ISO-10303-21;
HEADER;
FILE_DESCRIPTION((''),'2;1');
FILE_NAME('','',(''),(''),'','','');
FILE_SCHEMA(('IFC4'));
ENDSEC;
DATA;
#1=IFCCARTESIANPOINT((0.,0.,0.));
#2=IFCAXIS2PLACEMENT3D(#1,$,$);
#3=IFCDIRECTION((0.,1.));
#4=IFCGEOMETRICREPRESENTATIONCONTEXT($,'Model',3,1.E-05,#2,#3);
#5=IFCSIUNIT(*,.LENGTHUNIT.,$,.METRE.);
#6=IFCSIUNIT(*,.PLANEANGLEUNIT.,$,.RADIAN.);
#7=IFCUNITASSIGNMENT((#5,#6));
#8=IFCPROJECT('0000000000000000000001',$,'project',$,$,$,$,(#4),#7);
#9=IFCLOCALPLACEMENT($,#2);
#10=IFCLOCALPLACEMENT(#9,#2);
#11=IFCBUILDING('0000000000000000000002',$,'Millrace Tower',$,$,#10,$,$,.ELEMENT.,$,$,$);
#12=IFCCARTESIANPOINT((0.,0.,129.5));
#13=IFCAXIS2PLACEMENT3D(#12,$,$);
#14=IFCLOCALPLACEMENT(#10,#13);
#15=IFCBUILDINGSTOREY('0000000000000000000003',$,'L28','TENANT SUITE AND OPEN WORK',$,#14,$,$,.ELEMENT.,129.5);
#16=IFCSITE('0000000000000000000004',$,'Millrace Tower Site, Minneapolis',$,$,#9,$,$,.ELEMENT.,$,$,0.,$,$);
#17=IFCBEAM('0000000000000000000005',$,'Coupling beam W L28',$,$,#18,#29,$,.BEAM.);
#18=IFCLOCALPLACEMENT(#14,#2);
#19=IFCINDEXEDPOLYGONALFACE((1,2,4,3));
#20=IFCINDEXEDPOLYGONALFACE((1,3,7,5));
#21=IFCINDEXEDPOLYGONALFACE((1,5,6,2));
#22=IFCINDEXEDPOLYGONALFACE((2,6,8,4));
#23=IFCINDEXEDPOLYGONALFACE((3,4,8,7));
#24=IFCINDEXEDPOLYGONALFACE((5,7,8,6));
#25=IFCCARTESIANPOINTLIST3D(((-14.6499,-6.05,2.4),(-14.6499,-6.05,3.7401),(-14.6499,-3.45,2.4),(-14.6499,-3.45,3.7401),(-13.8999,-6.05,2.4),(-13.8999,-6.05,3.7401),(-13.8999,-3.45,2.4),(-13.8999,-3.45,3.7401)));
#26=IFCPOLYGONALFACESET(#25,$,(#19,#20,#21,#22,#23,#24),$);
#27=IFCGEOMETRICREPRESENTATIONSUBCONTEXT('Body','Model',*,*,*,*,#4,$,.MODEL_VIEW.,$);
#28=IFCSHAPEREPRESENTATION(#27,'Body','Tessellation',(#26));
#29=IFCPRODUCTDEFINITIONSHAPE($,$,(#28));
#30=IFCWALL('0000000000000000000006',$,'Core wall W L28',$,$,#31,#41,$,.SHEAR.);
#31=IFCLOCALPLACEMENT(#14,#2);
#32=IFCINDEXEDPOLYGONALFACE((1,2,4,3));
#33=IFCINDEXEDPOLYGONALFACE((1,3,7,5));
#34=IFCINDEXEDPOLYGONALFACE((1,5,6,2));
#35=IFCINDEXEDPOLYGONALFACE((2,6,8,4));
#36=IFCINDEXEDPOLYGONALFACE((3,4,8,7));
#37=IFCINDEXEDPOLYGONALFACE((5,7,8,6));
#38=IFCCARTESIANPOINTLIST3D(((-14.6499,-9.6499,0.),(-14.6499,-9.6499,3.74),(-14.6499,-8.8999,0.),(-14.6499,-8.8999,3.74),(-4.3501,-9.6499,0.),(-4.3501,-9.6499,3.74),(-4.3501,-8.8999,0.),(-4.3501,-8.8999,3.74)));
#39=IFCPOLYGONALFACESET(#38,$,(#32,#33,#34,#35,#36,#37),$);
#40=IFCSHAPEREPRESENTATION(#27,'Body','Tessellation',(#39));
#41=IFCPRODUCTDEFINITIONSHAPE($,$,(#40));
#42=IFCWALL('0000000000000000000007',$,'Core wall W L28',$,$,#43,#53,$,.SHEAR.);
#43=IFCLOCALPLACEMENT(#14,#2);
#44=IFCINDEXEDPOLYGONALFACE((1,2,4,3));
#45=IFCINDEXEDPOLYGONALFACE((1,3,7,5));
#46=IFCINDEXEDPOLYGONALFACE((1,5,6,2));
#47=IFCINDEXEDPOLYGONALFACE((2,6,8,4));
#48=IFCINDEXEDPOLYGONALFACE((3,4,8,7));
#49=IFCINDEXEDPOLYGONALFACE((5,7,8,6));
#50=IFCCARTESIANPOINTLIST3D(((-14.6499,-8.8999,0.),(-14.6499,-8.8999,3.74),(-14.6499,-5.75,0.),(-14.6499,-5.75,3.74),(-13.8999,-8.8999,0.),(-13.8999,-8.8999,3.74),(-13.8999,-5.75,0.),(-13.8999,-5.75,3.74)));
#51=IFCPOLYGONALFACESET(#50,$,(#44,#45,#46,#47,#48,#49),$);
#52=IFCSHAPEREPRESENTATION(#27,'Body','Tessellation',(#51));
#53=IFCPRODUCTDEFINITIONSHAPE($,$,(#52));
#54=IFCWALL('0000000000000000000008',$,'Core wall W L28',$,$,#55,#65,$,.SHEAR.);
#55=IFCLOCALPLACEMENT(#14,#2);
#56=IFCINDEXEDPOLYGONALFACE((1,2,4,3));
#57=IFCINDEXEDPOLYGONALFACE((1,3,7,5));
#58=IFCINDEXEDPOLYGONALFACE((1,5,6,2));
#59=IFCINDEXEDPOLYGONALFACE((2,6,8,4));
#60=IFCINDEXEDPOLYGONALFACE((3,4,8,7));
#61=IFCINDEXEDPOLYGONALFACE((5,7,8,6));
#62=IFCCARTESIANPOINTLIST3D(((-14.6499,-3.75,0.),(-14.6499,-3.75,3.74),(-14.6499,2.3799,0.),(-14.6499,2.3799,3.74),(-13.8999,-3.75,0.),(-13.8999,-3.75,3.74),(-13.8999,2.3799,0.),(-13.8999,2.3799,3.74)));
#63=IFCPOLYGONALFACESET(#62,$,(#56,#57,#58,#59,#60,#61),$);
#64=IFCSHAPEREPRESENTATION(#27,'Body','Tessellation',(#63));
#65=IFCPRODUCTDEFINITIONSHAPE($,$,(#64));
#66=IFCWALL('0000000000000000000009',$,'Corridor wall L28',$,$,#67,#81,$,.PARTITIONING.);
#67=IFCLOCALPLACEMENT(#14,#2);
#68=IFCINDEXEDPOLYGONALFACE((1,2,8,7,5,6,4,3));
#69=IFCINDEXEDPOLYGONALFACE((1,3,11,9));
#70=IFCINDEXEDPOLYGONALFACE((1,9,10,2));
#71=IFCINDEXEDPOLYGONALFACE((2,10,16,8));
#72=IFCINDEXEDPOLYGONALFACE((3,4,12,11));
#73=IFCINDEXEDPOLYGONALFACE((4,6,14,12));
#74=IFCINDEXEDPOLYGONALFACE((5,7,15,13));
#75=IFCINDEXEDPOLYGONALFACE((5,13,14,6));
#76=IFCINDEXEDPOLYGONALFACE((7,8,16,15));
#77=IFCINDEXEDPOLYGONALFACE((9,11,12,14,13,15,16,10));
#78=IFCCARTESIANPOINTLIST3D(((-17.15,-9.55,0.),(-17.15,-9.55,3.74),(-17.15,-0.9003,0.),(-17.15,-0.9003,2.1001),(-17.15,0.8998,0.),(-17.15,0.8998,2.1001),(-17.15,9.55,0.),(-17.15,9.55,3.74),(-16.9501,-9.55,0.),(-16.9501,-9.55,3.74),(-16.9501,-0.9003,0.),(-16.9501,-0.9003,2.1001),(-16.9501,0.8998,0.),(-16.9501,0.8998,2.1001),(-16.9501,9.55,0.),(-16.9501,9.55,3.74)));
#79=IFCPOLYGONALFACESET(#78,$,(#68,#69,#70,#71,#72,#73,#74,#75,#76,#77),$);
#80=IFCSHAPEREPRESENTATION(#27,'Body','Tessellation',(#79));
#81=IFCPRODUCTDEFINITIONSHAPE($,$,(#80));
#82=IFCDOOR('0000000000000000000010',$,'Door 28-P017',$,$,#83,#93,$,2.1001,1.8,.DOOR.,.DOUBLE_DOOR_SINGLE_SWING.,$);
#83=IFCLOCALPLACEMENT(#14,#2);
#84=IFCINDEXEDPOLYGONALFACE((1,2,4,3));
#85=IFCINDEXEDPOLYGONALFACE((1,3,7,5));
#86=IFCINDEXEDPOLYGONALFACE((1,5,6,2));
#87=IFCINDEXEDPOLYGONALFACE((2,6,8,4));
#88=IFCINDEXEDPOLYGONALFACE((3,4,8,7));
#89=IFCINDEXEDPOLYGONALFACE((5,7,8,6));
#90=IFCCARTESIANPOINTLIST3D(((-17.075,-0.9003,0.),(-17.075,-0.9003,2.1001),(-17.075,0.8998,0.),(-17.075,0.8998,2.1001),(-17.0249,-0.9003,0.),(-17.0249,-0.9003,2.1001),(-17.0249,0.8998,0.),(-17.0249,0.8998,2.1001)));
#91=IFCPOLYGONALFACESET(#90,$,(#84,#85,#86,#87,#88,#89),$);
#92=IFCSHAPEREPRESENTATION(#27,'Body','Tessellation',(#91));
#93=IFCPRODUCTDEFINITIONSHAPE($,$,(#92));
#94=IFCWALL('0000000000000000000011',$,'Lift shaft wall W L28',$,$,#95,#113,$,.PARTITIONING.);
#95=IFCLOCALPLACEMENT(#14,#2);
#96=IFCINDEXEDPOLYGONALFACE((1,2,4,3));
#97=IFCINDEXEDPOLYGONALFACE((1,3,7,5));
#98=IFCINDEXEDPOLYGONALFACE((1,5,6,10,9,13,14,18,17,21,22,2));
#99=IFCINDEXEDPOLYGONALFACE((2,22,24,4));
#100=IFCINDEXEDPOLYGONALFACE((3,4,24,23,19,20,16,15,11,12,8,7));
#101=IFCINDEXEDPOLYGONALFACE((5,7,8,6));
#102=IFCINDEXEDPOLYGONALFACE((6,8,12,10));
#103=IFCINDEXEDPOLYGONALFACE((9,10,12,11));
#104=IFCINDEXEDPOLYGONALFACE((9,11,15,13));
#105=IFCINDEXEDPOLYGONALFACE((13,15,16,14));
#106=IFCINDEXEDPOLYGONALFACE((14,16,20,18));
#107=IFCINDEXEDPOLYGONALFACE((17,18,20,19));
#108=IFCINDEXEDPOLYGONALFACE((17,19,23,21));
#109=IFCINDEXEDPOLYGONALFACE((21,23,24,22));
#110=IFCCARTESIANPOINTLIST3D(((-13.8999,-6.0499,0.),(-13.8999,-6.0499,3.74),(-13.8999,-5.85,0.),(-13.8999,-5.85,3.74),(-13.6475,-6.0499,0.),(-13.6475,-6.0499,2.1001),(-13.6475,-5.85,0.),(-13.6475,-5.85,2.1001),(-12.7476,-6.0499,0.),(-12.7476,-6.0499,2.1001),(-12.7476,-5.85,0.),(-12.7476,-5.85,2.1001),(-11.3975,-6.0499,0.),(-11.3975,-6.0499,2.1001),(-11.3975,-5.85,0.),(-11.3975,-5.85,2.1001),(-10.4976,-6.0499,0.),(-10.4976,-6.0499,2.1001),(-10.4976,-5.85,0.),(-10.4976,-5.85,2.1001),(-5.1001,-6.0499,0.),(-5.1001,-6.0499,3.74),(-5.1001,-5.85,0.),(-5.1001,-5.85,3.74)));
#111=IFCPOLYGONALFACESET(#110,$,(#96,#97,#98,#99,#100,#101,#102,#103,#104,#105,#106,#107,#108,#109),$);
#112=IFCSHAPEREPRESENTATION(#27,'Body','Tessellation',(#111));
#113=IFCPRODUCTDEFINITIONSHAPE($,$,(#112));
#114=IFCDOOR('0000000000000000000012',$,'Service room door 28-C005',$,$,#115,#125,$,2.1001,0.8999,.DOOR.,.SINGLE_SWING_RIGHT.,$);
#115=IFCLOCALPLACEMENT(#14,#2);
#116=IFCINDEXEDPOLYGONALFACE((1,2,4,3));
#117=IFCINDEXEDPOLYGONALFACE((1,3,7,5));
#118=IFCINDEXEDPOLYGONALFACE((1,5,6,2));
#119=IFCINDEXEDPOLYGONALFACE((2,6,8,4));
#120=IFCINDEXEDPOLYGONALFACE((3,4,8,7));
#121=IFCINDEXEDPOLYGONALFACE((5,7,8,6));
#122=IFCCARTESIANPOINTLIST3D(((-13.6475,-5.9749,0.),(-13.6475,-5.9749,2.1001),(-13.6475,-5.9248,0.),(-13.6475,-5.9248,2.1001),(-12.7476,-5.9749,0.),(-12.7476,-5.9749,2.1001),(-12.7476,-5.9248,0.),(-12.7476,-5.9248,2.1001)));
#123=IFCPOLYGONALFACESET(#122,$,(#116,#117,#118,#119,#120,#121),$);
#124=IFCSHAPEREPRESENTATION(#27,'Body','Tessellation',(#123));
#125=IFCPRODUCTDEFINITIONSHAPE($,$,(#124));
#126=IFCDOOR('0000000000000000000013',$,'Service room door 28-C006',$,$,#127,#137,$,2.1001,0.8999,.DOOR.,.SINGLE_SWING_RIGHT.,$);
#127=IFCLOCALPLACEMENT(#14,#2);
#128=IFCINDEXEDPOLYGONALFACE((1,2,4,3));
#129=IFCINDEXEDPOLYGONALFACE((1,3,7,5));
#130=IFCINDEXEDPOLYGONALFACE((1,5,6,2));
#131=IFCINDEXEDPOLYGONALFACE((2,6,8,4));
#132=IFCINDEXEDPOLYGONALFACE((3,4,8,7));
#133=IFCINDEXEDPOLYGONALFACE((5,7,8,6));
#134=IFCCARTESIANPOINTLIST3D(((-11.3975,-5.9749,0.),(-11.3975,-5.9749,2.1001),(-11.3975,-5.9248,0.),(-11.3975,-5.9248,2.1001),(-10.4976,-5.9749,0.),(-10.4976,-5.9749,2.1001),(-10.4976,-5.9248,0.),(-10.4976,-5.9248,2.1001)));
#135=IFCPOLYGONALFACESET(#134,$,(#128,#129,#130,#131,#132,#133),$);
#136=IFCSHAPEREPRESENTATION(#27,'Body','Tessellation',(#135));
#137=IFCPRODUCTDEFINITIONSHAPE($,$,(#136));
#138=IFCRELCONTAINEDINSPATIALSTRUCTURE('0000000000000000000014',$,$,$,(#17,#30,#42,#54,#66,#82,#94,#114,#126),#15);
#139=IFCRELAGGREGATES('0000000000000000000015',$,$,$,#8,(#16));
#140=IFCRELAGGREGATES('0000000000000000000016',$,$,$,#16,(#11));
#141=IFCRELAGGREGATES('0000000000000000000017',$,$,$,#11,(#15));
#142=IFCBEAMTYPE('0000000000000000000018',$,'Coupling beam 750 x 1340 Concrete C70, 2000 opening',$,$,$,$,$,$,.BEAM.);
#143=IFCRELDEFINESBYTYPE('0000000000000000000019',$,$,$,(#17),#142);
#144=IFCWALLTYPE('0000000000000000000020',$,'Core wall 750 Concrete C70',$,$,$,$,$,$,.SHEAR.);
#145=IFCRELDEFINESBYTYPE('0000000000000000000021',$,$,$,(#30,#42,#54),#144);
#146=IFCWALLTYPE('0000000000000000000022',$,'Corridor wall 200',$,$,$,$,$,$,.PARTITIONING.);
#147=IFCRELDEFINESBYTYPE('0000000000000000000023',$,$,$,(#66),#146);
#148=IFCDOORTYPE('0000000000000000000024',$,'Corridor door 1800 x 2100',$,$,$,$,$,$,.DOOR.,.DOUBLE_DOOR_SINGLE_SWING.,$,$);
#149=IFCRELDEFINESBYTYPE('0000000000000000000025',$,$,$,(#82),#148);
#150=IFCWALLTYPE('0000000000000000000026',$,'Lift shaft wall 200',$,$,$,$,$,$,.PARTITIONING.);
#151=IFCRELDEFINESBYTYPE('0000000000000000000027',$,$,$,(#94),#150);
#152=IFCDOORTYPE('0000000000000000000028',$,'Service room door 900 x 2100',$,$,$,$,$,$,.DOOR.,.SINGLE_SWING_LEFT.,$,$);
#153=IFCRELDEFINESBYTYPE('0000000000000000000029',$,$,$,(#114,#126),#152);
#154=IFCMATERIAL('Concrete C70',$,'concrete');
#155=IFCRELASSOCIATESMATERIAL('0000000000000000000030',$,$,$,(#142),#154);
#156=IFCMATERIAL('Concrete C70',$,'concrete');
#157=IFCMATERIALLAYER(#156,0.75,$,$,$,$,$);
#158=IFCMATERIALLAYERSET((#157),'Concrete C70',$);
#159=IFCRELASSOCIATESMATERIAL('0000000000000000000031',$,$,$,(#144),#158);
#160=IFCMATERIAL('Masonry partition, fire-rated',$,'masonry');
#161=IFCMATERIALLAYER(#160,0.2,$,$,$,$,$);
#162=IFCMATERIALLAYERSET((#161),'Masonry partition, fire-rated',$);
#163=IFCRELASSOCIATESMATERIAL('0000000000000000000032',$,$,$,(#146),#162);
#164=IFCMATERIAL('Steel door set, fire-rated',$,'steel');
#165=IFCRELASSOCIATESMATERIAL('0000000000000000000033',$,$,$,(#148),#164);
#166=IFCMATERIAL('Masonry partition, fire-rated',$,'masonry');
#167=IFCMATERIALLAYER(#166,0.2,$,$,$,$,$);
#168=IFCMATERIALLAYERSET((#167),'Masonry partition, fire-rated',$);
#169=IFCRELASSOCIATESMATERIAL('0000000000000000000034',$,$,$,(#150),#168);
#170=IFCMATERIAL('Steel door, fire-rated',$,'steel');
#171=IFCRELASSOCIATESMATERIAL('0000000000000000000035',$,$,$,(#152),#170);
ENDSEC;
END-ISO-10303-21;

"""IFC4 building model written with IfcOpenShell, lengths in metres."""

from ifc_helpers import new_model, si_unit, direction, frame, frame_2d, origin, origin_2d, place, context, subcontext, project, spatial, rectangle, extrude, material, layer, layer_set, material_profile, profile_set, type_object, element, fill, save


model = new_model("IFC4")

# Units and contexts
model_context = context("Model", 3, precision=1e-05, world=origin(), true_north=direction((0.0, 1.0)))
body_context = subcontext(model_context, "Body", "Model", "MODEL_VIEW")
ifc_project = project(units=[si_unit("LENGTHUNIT", "METRE"), si_unit("PLANEANGLEUNIT", "RADIAN")], contexts=[model_context])

# Site, building, storey
site_placement = place(None, origin())
site = spatial("IfcSite", under=ifc_project, at=site_placement, Name="Millrace Tower Site, Minneapolis", CompositionType="ELEMENT", RefElevation=0.0)
building_placement = place(site_placement, origin())
building = spatial("IfcBuilding", under=site, at=building_placement, Name="Millrace Tower", CompositionType="ELEMENT")
storey_placement = place(building_placement, frame((0.0, 0.0, 129.5)))
storey = spatial("IfcBuildingStorey", under=building, at=storey_placement, Name="L28", Description="TENANT SUITE AND OPEN WORK", CompositionType="ELEMENT", Elevation=129.5)

# Beam
ifc_material_1 = material(Name="Concrete C70", Category="concrete")
ifc_material_profile = material_profile(ifc_material_1, rectangle(XDim=0.75, YDim=1.3401, at=origin_2d()))
ifc_profile_set = profile_set([ifc_material_profile], Name="Concrete C70")
beam_type = type_object("IfcBeamType", Name="Coupling beam 750 x 1340 Concrete C70, 2000 opening", PredefinedType="BEAM", material=ifc_profile_set)
beam_placement = place(storey_placement, frame((-14.2749, -6.05, 3.0701), z_axis=(0.0, 1.0, 0.0), x_axis=(-1.0, 0.0, 0.0)))
element("IfcBeam", 1, at=beam_placement, inside=storey, type_object=beam_type, Name="Coupling beam W L28", PredefinedType="BEAM", context=body_context, shape_type="SweptSolid", body=[
    extrude(rectangle(XDim=0.75, YDim=1.3401, at=origin_2d()), origin(), (0.0, 0.0, 1.0), 2.6001),
])

# Walls
ifc_material_2 = material(Name="Concrete C70", Category="concrete")
ifc_layer_1 = layer(ifc_material_2, 0.75)
ifc_layer_set_1 = layer_set([ifc_layer_1], Name="Concrete C70")
wall_type_1 = type_object("IfcWallType", Name="Core wall 750 Concrete C70", PredefinedType="SHEAR", material=ifc_layer_set_1)
wall_1_placement = place(storey_placement, frame((-14.6499, -9.2749, 0.0), z_axis=(0.0, 0.0, 1.0), x_axis=(1.0, 0.0, 0.0)))
element("IfcWall", 2, at=wall_1_placement, inside=storey, type_object=wall_type_1, Name="Core wall W L28", PredefinedType="SHEAR", context=body_context, shape_type="SweptSolid", body=[
    extrude(rectangle(XDim=10.2998, YDim=0.75, at=frame_2d((5.1499, 0.0))), origin(), (0.0, 0.0, 1.0), 3.74),
])
wall_2_placement = place(storey_placement, frame((-14.2749, -8.8999, 0.0), z_axis=(0.0, 0.0, 1.0), x_axis=(0.0, 1.0, 0.0)))
element("IfcWall", 3, at=wall_2_placement, inside=storey, type_object=wall_type_1, Name="Core wall W L28", PredefinedType="SHEAR", context=body_context, shape_type="SweptSolid", body=[
    extrude(rectangle(XDim=3.1499, YDim=0.75, at=frame_2d((1.575, 0.0))), origin(), (0.0, 0.0, 1.0), 3.74),
])
wall_3_placement = place(storey_placement, frame((-14.2749, -3.75, 0.0), z_axis=(0.0, 0.0, 1.0), x_axis=(0.0, 1.0, 0.0)))
element("IfcWall", 4, at=wall_3_placement, inside=storey, type_object=wall_type_1, Name="Core wall W L28", PredefinedType="SHEAR", context=body_context, shape_type="SweptSolid", body=[
    extrude(rectangle(XDim=6.1299, YDim=0.75, at=frame_2d((3.0649, 0.0))), origin(), (0.0, 0.0, 1.0), 3.74),
])

# Wall, opening, door
ifc_material_3 = material(Name="Masonry partition, fire-rated", Category="masonry")
ifc_layer_2 = layer(ifc_material_3, 0.2)
ifc_layer_set_2 = layer_set([ifc_layer_2], Name="Masonry partition, fire-rated")
wall_type_2 = type_object("IfcWallType", Name="Corridor wall 200", PredefinedType="PARTITIONING", material=ifc_layer_set_2)
wall_4_placement = place(storey_placement, frame((-17.05, -9.55, 0.0), z_axis=(0.0, 0.0, 1.0), x_axis=(0.0, 1.0, 0.0)))
wall_4 = element("IfcWall", 5, at=wall_4_placement, inside=storey, type_object=wall_type_2, Name="Corridor wall L28", PredefinedType="PARTITIONING", context=body_context, shape_type="SweptSolid", body=[
    extrude(rectangle(XDim=19.1001, YDim=0.2, at=frame_2d((9.55, 0.0))), origin(), (0.0, 0.0, 1.0), 3.74),
])
opening_1_placement = place(wall_4_placement, frame((8.6499, 0.0, 0.0)))
opening_1 = element("IfcOpeningElement", 6, at=opening_1_placement, cuts=wall_4, PredefinedType="OPENING", context=body_context, shape_type="SweptSolid", body=[
    extrude(rectangle(XDim=1.8, YDim=2.1001, at=frame_2d((0.8999, 1.05))), frame((0.0, 0.1099, 0.0), z_axis=(0.0, -1.0, 0.0), x_axis=(1.0, 0.0, 0.0)), (0.0, 0.0, 1.0), 0.22),
])
ifc_material_4 = material(Name="Steel door set, fire-rated", Category="steel")
door_type_1 = type_object("IfcDoorType", Name="Corridor door 1800 x 2100", OperationType="DOUBLE_DOOR_SINGLE_SWING", PredefinedType="DOOR", material=ifc_material_4)
door_1_placement = place(opening_1_placement, origin())
door_1 = element("IfcDoor", 7, at=door_1_placement, inside=storey, type_object=door_type_1, Name="Door 28-P017", OperationType="DOUBLE_DOOR_SINGLE_SWING", OverallHeight=2.1001, OverallWidth=1.8, PredefinedType="DOOR", context=body_context, shape_type="SweptSolid", body=[
    extrude(rectangle(XDim=1.8, YDim=2.1001, at=frame_2d((0.8999, 1.05))), frame((0.0, 0.0249, 0.0), z_axis=(0.0, -1.0, 0.0), x_axis=(1.0, 0.0, 0.0)), (0.0, 0.0, 1.0), 0.05),
])
fill(opening_1, door_1)

# Wall, openings, doors
ifc_material_5 = material(Name="Masonry partition, fire-rated", Category="masonry")
ifc_layer_3 = layer(ifc_material_5, 0.2)
ifc_layer_set_3 = layer_set([ifc_layer_3], Name="Masonry partition, fire-rated")
wall_type_3 = type_object("IfcWallType", Name="Lift shaft wall 200", PredefinedType="PARTITIONING", material=ifc_layer_set_3)
wall_5_placement = place(storey_placement, frame((-13.8999, -5.95, 0.0), z_axis=(0.0, 0.0, 1.0), x_axis=(1.0, 0.0, 0.0)))
wall_5 = element("IfcWall", 8, at=wall_5_placement, inside=storey, type_object=wall_type_3, Name="Lift shaft wall W L28", PredefinedType="PARTITIONING", context=body_context, shape_type="SweptSolid", body=[
    extrude(rectangle(XDim=8.7998, YDim=0.2, at=frame_2d((4.3999, 0.0))), origin(), (0.0, 0.0, 1.0), 3.74),
])
opening_2_placement = place(wall_5_placement, frame((0.2524, 0.0, 0.0)))
opening_2 = element("IfcOpeningElement", 9, at=opening_2_placement, cuts=wall_5, PredefinedType="OPENING", context=body_context, shape_type="SweptSolid", body=[
    extrude(rectangle(XDim=0.8999, YDim=2.1001, at=frame_2d((0.45, 1.05))), frame((0.0, 0.1099, 0.0), z_axis=(0.0, -1.0, 0.0), x_axis=(1.0, 0.0, 0.0)), (0.0, 0.0, 1.0), 0.22),
])
opening_3_placement = place(wall_5_placement, frame((2.5024, 0.0, 0.0)))
opening_3 = element("IfcOpeningElement", 10, at=opening_3_placement, cuts=wall_5, PredefinedType="OPENING", context=body_context, shape_type="SweptSolid", body=[
    extrude(rectangle(XDim=0.8999, YDim=2.1001, at=frame_2d((0.45, 1.05))), frame((0.0, 0.1099, 0.0), z_axis=(0.0, -1.0, 0.0), x_axis=(1.0, 0.0, 0.0)), (0.0, 0.0, 1.0), 0.22),
])
ifc_material_6 = material(Name="Steel door, fire-rated", Category="steel")
door_type_2 = type_object("IfcDoorType", Name="Service room door 900 x 2100", OperationType="SINGLE_SWING_LEFT", PredefinedType="DOOR", material=ifc_material_6)
door_2_placement = place(opening_2_placement, frame((0.8999, 0.0, 0.0), z_axis=(0.0, 0.0, 1.0), x_axis=(-1.0, 0.0, 0.0)))
door_2 = element("IfcDoor", 11, at=door_2_placement, inside=storey, type_object=door_type_2, Name="Service room door 28-C005", OperationType="SINGLE_SWING_RIGHT", OverallHeight=2.1001, OverallWidth=0.8999, PredefinedType="DOOR", context=body_context, shape_type="SweptSolid", body=[
    extrude(rectangle(XDim=0.8999, YDim=2.1001, at=frame_2d((0.45, 1.05))), frame((0.0, 0.0249, 0.0), z_axis=(0.0, -1.0, 0.0), x_axis=(1.0, 0.0, 0.0)), (0.0, 0.0, 1.0), 0.05),
])
fill(opening_2, door_2)
door_3_placement = place(opening_3_placement, frame((0.8999, 0.0, 0.0), z_axis=(0.0, 0.0, 1.0), x_axis=(-1.0, 0.0, 0.0)))
door_3 = element("IfcDoor", 12, at=door_3_placement, inside=storey, type_object=door_type_2, Name="Service room door 28-C006", OperationType="SINGLE_SWING_RIGHT", OverallHeight=2.1001, OverallWidth=0.8999, PredefinedType="DOOR", context=body_context, shape_type="SweptSolid", body=[
    extrude(rectangle(XDim=0.8999, YDim=2.1001, at=frame_2d((0.45, 1.05))), frame((0.0, 0.0249, 0.0), z_axis=(0.0, -1.0, 0.0), x_axis=(1.0, 0.0, 0.0)), (0.0, 0.0, 1.0), 0.05),
])
fill(opening_3, door_3)

save(model, "model.ifc")
